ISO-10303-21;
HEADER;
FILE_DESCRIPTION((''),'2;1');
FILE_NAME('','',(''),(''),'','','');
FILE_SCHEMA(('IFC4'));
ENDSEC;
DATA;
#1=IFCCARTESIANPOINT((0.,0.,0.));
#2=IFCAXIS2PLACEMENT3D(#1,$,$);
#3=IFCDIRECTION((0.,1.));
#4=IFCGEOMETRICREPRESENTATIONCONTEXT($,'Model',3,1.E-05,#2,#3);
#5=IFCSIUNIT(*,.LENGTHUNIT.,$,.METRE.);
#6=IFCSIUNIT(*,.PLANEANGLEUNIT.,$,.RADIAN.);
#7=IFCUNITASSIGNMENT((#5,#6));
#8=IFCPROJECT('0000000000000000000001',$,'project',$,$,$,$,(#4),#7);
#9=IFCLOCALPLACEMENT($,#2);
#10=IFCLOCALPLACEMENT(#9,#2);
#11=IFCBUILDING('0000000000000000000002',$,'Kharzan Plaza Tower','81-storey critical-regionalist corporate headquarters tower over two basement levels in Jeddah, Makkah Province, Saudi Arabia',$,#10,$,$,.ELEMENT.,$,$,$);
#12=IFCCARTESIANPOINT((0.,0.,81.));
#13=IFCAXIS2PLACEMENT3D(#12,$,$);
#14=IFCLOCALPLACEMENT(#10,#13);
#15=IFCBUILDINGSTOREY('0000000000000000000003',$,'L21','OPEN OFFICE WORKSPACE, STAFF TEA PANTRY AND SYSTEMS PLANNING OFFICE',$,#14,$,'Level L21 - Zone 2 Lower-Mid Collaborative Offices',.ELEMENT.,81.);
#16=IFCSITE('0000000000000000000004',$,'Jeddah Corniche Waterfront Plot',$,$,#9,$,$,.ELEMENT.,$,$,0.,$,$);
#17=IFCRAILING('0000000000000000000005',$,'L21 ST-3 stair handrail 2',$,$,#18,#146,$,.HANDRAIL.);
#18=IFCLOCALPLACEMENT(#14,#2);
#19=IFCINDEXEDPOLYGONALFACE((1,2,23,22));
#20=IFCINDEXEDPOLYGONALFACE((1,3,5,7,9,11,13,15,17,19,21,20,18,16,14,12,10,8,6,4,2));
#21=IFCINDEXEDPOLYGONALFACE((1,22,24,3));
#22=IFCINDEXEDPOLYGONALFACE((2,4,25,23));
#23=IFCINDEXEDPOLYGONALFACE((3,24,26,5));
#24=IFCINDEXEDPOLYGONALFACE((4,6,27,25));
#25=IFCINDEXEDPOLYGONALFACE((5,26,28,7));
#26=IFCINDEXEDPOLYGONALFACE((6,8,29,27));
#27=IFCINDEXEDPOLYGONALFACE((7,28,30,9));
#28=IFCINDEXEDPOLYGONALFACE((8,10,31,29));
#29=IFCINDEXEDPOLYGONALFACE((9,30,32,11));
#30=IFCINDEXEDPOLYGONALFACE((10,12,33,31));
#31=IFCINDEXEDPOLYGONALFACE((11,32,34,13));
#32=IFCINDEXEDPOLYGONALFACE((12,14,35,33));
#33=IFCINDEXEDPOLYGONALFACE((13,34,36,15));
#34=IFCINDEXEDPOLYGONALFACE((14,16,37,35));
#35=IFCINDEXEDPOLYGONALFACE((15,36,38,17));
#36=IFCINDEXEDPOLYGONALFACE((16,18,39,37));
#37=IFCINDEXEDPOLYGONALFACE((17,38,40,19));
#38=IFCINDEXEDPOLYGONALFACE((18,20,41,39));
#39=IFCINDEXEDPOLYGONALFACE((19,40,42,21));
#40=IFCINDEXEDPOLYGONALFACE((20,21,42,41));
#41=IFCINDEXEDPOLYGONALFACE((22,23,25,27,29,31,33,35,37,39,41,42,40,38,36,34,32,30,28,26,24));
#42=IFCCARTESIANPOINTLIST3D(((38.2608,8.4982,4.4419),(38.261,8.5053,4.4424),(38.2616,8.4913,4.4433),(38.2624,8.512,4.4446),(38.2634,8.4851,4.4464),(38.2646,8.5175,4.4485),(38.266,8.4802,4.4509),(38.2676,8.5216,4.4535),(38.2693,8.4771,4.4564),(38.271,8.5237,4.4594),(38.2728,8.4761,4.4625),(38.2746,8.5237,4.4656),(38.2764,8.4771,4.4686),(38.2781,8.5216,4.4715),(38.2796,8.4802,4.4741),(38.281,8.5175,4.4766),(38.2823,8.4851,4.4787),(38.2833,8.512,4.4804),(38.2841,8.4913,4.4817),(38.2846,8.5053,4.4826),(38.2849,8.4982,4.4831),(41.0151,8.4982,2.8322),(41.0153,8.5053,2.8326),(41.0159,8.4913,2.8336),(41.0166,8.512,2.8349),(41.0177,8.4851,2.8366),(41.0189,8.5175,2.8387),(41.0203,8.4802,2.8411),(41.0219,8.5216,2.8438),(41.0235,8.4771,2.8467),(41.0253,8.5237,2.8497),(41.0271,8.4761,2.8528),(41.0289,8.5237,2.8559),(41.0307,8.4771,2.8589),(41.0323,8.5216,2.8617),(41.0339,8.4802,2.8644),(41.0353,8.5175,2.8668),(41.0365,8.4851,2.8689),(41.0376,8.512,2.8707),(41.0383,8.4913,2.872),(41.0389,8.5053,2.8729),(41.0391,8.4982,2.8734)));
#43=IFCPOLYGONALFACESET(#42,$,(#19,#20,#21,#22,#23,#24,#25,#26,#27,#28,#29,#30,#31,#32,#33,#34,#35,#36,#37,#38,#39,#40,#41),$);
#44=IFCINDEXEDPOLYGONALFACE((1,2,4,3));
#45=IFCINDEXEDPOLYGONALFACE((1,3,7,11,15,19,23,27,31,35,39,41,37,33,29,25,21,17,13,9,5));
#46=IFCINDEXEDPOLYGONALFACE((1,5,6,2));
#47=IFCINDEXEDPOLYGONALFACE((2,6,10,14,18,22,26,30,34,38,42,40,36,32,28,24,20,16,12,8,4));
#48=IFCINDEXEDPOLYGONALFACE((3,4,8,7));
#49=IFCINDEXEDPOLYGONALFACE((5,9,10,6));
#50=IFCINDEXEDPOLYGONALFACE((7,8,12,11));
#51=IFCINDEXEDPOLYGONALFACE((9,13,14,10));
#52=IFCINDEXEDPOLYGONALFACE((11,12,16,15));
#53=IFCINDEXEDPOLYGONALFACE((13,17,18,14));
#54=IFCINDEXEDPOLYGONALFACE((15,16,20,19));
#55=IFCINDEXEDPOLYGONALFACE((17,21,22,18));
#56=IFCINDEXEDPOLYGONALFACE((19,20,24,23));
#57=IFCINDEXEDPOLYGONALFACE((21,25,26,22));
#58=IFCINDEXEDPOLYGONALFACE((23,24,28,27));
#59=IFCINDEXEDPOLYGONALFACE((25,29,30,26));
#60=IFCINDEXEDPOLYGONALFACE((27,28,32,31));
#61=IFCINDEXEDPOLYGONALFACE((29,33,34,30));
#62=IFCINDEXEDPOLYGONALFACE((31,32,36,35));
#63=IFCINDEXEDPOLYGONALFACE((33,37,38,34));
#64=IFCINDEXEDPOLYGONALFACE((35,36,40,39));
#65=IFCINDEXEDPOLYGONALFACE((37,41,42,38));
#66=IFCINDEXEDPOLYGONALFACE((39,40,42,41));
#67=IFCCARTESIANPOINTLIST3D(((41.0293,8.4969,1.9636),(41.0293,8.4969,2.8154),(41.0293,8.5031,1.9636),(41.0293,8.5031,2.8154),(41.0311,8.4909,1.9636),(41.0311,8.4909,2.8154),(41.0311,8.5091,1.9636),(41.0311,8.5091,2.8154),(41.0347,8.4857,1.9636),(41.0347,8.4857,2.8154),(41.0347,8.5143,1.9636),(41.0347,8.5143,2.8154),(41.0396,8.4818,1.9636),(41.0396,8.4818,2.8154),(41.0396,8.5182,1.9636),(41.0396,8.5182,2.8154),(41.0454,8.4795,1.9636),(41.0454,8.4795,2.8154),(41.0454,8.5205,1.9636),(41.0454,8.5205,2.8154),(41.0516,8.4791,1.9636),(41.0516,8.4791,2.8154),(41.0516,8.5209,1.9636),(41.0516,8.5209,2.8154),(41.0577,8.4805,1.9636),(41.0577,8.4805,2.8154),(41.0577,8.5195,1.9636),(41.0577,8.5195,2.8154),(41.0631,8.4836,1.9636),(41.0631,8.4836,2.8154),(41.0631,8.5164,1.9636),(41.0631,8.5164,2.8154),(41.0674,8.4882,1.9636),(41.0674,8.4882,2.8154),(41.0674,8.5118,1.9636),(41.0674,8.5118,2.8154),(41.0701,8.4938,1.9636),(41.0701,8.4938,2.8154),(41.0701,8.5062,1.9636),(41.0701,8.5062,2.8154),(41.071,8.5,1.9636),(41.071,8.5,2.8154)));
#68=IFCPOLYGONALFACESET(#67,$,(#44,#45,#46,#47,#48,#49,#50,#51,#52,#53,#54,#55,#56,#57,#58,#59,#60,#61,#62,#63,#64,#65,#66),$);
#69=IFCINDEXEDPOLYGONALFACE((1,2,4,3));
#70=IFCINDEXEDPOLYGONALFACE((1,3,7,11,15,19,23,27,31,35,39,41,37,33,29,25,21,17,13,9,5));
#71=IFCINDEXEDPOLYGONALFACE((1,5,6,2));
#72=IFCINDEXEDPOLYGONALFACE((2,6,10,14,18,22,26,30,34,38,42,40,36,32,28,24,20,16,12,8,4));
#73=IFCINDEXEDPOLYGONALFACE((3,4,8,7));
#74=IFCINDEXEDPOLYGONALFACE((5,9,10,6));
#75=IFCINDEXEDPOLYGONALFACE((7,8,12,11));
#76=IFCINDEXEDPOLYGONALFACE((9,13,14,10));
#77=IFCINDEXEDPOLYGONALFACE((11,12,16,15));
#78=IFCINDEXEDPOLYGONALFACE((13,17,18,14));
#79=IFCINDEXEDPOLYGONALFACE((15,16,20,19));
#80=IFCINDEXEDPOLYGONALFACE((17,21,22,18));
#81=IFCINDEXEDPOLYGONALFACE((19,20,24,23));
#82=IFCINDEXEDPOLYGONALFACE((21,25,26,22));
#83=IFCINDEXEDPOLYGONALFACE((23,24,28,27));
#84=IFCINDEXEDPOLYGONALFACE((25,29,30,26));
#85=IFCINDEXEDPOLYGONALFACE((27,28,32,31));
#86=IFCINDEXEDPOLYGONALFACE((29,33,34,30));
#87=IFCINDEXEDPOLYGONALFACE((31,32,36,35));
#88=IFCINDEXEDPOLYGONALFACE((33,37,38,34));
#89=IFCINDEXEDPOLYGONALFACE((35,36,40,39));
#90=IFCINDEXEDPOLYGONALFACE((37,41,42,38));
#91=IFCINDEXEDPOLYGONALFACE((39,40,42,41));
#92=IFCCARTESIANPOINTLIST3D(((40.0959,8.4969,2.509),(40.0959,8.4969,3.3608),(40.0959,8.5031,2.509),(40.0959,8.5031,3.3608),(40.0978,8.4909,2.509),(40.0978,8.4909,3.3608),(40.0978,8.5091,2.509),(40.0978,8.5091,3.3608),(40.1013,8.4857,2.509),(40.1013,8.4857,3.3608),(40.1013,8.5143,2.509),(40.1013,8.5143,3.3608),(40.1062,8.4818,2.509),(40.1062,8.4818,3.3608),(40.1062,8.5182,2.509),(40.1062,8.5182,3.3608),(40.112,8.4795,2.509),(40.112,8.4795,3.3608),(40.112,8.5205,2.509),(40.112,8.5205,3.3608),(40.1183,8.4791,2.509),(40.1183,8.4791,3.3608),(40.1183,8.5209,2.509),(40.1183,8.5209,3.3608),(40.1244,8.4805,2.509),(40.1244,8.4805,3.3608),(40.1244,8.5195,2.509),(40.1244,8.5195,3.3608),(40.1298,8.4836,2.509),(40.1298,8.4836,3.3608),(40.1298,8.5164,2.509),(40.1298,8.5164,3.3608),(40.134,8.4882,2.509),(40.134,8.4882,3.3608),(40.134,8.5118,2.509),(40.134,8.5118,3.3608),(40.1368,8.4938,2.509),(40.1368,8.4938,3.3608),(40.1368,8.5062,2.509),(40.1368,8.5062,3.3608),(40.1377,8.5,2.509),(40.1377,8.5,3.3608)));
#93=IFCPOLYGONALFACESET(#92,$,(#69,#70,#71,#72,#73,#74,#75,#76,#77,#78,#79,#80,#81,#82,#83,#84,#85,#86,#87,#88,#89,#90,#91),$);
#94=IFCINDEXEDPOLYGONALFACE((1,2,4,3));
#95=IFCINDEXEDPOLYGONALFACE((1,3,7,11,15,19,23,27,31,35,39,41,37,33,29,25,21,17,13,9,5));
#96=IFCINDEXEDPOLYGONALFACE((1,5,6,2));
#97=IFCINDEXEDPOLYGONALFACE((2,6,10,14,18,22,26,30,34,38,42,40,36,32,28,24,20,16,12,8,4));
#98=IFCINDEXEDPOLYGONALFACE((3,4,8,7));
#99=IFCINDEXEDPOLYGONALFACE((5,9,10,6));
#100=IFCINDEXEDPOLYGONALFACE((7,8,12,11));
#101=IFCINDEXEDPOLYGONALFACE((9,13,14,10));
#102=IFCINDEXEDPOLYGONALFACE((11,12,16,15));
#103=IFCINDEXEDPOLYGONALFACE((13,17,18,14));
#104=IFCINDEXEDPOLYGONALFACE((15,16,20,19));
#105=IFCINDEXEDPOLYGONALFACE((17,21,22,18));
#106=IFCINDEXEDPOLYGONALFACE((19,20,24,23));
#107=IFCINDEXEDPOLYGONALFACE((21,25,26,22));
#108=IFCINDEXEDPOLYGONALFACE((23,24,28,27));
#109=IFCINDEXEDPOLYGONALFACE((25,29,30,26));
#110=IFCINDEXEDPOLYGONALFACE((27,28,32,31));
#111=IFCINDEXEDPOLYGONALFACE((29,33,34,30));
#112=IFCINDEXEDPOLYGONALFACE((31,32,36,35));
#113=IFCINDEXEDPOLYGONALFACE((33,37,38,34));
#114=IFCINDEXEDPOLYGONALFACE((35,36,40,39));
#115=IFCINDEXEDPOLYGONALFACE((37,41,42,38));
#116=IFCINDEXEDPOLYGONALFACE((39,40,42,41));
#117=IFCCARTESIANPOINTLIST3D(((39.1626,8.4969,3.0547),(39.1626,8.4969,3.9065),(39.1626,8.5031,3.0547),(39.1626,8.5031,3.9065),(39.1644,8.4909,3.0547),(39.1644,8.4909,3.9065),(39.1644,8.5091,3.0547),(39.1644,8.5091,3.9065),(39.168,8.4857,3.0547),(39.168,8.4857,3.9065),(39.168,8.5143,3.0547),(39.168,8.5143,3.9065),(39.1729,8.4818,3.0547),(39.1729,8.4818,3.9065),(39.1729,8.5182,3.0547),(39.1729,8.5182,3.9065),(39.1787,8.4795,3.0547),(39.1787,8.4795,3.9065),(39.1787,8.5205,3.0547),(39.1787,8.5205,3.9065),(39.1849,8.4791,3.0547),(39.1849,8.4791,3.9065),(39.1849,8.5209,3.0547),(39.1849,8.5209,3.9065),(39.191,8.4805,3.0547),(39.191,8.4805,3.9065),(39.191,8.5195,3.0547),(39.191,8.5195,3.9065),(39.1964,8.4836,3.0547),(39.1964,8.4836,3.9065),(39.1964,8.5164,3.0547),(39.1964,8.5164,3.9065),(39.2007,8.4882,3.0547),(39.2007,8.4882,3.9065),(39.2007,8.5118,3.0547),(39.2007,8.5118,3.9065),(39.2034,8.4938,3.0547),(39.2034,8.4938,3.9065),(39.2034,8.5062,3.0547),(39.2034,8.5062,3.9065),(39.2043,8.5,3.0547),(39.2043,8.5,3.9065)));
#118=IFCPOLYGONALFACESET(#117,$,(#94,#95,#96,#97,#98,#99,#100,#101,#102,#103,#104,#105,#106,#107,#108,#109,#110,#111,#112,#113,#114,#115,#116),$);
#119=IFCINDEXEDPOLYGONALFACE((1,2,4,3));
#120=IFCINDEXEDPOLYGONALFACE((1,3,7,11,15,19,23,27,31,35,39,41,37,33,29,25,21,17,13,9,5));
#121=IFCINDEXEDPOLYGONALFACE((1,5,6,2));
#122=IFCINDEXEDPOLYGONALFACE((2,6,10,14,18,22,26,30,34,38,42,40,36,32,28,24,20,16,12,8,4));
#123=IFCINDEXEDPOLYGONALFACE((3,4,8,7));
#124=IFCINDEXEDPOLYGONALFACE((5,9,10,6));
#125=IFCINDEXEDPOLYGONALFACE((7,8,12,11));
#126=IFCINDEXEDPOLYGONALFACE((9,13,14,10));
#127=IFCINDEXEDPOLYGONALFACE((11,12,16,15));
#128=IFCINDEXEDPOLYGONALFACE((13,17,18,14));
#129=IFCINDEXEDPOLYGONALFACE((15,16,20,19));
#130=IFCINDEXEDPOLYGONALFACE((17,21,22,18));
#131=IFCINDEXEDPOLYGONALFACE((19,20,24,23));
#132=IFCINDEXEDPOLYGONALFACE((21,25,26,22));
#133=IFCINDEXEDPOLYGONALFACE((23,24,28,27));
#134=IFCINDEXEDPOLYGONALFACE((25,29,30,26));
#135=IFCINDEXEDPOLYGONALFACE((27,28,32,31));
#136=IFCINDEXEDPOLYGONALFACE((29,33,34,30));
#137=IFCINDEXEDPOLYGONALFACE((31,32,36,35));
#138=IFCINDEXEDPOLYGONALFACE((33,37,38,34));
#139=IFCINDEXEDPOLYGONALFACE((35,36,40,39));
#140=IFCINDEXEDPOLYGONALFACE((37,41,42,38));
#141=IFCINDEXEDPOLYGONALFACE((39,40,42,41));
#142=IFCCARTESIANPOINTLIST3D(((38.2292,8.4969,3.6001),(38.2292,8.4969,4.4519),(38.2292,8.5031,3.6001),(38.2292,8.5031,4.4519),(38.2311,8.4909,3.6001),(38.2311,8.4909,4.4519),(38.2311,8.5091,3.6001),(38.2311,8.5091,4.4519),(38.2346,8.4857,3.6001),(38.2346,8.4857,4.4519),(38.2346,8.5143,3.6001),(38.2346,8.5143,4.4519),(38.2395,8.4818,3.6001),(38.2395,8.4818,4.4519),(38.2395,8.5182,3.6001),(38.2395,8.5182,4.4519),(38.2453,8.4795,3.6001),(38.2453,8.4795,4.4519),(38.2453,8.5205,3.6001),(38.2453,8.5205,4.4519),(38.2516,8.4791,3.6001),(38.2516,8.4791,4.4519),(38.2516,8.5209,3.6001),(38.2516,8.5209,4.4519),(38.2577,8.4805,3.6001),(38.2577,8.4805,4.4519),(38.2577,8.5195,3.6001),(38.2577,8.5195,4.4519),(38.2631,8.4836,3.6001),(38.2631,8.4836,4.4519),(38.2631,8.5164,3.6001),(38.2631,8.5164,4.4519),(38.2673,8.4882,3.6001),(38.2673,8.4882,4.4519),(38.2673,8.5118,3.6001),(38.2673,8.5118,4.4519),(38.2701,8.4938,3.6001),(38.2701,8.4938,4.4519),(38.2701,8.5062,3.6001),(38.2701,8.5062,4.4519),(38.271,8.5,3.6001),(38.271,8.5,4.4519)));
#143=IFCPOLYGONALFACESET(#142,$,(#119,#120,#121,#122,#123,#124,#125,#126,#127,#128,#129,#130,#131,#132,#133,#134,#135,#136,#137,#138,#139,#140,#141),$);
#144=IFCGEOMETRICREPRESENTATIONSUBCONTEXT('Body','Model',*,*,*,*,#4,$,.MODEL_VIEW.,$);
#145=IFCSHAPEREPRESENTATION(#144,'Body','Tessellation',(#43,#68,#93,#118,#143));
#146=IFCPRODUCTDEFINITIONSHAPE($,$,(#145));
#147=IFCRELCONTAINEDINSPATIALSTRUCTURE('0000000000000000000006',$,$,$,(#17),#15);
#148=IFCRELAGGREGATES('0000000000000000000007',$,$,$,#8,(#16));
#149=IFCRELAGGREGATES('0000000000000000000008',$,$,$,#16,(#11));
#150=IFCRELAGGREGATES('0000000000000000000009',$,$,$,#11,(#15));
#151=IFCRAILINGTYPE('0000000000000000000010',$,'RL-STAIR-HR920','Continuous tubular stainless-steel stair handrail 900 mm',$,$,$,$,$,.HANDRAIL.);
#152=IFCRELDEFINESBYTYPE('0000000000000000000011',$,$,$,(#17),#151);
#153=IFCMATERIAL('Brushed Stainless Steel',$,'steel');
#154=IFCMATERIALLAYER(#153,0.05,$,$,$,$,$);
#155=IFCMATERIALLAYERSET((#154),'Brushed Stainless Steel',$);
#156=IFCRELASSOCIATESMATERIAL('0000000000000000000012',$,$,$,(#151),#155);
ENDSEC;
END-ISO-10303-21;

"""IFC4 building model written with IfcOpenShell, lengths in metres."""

from ifc_helpers import new_model, si_unit, direction, frame, origin, origin_2d, place, context, subcontext, project, spatial, circle, extrude, source, transform, mapped, material, layer, layer_set, type_object, element, save


model = new_model("IFC4")

# Units and contexts
model_context = context("Model", 3, precision=1e-05, world=origin(), true_north=direction((0.0, 1.0)))
body_context = subcontext(model_context, "Body", "Model", "MODEL_VIEW")
ifc_project = project(units=[si_unit("LENGTHUNIT", "METRE"), si_unit("PLANEANGLEUNIT", "RADIAN")], contexts=[model_context])

# Site, building, storey
site_placement = place(None, origin())
site = spatial("IfcSite", under=ifc_project, at=site_placement, Name="Jeddah Corniche Waterfront Plot", CompositionType="ELEMENT", RefElevation=0.0)
building_placement = place(site_placement, origin())
building = spatial("IfcBuilding", under=site, at=building_placement, Name="Kharzan Plaza Tower", Description="81-storey critical-regionalist corporate headquarters tower over two basement levels in Jeddah, Makkah Province, Saudi Arabia", CompositionType="ELEMENT")
storey_placement = place(building_placement, frame((0.0, 0.0, 81.0)))
storey = spatial("IfcBuildingStorey", under=building, at=storey_placement, Name="L21", Description="OPEN OFFICE WORKSPACE, STAFF TEA PANTRY AND SYSTEMS PLANNING OFFICE", LongName="Level L21 - Zone 2 Lower-Mid Collaborative Offices", CompositionType="ELEMENT", Elevation=81.0)

# Shared definitions
ifc_material_1 = material(Name="Brushed Stainless Steel", Category="steel")

# Railing
ifc_layer_1 = layer(ifc_material_1, 0.05)
ifc_layer_set_1 = layer_set([ifc_layer_1], Name="Brushed Stainless Steel")
railing_type_1 = type_object("IfcRailingType", Name="RL-STAIR-HR920", Description="Continuous tubular stainless-steel stair handrail 900 mm", PredefinedType="HANDRAIL", material=ifc_layer_set_1)
shared_shape_1 = source(origin(), body_context, "Body", "SweptSolid", [
    extrude(circle(Radius=0.0239, at=origin_2d()), frame((-0.0229, 0.0, 0.8892), z_axis=(-0.863361, 0.0, 0.504587), x_axis=(0.0, -1.0, 0.0)), (0.0, 0.0, 1.0), 3.1902),
    extrude(circle(Radius=0.021, at=origin_2d()), origin(), (0.0, 0.0, 1.0), 0.8518),
    extrude(circle(Radius=0.021, at=origin_2d()), frame((-0.9333, 0.0, 0.5454)), (0.0, 0.0, 1.0), 0.8518),
    extrude(circle(Radius=0.021, at=origin_2d()), frame((-1.8667, 0.0, 1.0911)), (0.0, 0.0, 1.0), 0.8518),
    extrude(circle(Radius=0.021, at=origin_2d()), frame((-2.8, 0.0, 1.6365)), (0.0, 0.0, 1.0), 0.8518),
])
railing_1_placement = place(storey_placement, frame((41.05, 8.5, 1.9636)))
element("IfcRailing", 1, at=railing_1_placement, inside=storey, type_object=railing_type_1, Name="L21 ST-3 stair handrail 2", PredefinedType="HANDRAIL", context=body_context, shape_type="MappedRepresentation", body=[
    mapped(shared_shape_1, transform((0.0, 0.0, 0.0), x_axis=(1.0, 0.0, 0.0), y_axis=(0.0, 1.0, 0.0), z_axis=(0.0, 0.0, 1.0))),
])

save(model, "model.ifc")
